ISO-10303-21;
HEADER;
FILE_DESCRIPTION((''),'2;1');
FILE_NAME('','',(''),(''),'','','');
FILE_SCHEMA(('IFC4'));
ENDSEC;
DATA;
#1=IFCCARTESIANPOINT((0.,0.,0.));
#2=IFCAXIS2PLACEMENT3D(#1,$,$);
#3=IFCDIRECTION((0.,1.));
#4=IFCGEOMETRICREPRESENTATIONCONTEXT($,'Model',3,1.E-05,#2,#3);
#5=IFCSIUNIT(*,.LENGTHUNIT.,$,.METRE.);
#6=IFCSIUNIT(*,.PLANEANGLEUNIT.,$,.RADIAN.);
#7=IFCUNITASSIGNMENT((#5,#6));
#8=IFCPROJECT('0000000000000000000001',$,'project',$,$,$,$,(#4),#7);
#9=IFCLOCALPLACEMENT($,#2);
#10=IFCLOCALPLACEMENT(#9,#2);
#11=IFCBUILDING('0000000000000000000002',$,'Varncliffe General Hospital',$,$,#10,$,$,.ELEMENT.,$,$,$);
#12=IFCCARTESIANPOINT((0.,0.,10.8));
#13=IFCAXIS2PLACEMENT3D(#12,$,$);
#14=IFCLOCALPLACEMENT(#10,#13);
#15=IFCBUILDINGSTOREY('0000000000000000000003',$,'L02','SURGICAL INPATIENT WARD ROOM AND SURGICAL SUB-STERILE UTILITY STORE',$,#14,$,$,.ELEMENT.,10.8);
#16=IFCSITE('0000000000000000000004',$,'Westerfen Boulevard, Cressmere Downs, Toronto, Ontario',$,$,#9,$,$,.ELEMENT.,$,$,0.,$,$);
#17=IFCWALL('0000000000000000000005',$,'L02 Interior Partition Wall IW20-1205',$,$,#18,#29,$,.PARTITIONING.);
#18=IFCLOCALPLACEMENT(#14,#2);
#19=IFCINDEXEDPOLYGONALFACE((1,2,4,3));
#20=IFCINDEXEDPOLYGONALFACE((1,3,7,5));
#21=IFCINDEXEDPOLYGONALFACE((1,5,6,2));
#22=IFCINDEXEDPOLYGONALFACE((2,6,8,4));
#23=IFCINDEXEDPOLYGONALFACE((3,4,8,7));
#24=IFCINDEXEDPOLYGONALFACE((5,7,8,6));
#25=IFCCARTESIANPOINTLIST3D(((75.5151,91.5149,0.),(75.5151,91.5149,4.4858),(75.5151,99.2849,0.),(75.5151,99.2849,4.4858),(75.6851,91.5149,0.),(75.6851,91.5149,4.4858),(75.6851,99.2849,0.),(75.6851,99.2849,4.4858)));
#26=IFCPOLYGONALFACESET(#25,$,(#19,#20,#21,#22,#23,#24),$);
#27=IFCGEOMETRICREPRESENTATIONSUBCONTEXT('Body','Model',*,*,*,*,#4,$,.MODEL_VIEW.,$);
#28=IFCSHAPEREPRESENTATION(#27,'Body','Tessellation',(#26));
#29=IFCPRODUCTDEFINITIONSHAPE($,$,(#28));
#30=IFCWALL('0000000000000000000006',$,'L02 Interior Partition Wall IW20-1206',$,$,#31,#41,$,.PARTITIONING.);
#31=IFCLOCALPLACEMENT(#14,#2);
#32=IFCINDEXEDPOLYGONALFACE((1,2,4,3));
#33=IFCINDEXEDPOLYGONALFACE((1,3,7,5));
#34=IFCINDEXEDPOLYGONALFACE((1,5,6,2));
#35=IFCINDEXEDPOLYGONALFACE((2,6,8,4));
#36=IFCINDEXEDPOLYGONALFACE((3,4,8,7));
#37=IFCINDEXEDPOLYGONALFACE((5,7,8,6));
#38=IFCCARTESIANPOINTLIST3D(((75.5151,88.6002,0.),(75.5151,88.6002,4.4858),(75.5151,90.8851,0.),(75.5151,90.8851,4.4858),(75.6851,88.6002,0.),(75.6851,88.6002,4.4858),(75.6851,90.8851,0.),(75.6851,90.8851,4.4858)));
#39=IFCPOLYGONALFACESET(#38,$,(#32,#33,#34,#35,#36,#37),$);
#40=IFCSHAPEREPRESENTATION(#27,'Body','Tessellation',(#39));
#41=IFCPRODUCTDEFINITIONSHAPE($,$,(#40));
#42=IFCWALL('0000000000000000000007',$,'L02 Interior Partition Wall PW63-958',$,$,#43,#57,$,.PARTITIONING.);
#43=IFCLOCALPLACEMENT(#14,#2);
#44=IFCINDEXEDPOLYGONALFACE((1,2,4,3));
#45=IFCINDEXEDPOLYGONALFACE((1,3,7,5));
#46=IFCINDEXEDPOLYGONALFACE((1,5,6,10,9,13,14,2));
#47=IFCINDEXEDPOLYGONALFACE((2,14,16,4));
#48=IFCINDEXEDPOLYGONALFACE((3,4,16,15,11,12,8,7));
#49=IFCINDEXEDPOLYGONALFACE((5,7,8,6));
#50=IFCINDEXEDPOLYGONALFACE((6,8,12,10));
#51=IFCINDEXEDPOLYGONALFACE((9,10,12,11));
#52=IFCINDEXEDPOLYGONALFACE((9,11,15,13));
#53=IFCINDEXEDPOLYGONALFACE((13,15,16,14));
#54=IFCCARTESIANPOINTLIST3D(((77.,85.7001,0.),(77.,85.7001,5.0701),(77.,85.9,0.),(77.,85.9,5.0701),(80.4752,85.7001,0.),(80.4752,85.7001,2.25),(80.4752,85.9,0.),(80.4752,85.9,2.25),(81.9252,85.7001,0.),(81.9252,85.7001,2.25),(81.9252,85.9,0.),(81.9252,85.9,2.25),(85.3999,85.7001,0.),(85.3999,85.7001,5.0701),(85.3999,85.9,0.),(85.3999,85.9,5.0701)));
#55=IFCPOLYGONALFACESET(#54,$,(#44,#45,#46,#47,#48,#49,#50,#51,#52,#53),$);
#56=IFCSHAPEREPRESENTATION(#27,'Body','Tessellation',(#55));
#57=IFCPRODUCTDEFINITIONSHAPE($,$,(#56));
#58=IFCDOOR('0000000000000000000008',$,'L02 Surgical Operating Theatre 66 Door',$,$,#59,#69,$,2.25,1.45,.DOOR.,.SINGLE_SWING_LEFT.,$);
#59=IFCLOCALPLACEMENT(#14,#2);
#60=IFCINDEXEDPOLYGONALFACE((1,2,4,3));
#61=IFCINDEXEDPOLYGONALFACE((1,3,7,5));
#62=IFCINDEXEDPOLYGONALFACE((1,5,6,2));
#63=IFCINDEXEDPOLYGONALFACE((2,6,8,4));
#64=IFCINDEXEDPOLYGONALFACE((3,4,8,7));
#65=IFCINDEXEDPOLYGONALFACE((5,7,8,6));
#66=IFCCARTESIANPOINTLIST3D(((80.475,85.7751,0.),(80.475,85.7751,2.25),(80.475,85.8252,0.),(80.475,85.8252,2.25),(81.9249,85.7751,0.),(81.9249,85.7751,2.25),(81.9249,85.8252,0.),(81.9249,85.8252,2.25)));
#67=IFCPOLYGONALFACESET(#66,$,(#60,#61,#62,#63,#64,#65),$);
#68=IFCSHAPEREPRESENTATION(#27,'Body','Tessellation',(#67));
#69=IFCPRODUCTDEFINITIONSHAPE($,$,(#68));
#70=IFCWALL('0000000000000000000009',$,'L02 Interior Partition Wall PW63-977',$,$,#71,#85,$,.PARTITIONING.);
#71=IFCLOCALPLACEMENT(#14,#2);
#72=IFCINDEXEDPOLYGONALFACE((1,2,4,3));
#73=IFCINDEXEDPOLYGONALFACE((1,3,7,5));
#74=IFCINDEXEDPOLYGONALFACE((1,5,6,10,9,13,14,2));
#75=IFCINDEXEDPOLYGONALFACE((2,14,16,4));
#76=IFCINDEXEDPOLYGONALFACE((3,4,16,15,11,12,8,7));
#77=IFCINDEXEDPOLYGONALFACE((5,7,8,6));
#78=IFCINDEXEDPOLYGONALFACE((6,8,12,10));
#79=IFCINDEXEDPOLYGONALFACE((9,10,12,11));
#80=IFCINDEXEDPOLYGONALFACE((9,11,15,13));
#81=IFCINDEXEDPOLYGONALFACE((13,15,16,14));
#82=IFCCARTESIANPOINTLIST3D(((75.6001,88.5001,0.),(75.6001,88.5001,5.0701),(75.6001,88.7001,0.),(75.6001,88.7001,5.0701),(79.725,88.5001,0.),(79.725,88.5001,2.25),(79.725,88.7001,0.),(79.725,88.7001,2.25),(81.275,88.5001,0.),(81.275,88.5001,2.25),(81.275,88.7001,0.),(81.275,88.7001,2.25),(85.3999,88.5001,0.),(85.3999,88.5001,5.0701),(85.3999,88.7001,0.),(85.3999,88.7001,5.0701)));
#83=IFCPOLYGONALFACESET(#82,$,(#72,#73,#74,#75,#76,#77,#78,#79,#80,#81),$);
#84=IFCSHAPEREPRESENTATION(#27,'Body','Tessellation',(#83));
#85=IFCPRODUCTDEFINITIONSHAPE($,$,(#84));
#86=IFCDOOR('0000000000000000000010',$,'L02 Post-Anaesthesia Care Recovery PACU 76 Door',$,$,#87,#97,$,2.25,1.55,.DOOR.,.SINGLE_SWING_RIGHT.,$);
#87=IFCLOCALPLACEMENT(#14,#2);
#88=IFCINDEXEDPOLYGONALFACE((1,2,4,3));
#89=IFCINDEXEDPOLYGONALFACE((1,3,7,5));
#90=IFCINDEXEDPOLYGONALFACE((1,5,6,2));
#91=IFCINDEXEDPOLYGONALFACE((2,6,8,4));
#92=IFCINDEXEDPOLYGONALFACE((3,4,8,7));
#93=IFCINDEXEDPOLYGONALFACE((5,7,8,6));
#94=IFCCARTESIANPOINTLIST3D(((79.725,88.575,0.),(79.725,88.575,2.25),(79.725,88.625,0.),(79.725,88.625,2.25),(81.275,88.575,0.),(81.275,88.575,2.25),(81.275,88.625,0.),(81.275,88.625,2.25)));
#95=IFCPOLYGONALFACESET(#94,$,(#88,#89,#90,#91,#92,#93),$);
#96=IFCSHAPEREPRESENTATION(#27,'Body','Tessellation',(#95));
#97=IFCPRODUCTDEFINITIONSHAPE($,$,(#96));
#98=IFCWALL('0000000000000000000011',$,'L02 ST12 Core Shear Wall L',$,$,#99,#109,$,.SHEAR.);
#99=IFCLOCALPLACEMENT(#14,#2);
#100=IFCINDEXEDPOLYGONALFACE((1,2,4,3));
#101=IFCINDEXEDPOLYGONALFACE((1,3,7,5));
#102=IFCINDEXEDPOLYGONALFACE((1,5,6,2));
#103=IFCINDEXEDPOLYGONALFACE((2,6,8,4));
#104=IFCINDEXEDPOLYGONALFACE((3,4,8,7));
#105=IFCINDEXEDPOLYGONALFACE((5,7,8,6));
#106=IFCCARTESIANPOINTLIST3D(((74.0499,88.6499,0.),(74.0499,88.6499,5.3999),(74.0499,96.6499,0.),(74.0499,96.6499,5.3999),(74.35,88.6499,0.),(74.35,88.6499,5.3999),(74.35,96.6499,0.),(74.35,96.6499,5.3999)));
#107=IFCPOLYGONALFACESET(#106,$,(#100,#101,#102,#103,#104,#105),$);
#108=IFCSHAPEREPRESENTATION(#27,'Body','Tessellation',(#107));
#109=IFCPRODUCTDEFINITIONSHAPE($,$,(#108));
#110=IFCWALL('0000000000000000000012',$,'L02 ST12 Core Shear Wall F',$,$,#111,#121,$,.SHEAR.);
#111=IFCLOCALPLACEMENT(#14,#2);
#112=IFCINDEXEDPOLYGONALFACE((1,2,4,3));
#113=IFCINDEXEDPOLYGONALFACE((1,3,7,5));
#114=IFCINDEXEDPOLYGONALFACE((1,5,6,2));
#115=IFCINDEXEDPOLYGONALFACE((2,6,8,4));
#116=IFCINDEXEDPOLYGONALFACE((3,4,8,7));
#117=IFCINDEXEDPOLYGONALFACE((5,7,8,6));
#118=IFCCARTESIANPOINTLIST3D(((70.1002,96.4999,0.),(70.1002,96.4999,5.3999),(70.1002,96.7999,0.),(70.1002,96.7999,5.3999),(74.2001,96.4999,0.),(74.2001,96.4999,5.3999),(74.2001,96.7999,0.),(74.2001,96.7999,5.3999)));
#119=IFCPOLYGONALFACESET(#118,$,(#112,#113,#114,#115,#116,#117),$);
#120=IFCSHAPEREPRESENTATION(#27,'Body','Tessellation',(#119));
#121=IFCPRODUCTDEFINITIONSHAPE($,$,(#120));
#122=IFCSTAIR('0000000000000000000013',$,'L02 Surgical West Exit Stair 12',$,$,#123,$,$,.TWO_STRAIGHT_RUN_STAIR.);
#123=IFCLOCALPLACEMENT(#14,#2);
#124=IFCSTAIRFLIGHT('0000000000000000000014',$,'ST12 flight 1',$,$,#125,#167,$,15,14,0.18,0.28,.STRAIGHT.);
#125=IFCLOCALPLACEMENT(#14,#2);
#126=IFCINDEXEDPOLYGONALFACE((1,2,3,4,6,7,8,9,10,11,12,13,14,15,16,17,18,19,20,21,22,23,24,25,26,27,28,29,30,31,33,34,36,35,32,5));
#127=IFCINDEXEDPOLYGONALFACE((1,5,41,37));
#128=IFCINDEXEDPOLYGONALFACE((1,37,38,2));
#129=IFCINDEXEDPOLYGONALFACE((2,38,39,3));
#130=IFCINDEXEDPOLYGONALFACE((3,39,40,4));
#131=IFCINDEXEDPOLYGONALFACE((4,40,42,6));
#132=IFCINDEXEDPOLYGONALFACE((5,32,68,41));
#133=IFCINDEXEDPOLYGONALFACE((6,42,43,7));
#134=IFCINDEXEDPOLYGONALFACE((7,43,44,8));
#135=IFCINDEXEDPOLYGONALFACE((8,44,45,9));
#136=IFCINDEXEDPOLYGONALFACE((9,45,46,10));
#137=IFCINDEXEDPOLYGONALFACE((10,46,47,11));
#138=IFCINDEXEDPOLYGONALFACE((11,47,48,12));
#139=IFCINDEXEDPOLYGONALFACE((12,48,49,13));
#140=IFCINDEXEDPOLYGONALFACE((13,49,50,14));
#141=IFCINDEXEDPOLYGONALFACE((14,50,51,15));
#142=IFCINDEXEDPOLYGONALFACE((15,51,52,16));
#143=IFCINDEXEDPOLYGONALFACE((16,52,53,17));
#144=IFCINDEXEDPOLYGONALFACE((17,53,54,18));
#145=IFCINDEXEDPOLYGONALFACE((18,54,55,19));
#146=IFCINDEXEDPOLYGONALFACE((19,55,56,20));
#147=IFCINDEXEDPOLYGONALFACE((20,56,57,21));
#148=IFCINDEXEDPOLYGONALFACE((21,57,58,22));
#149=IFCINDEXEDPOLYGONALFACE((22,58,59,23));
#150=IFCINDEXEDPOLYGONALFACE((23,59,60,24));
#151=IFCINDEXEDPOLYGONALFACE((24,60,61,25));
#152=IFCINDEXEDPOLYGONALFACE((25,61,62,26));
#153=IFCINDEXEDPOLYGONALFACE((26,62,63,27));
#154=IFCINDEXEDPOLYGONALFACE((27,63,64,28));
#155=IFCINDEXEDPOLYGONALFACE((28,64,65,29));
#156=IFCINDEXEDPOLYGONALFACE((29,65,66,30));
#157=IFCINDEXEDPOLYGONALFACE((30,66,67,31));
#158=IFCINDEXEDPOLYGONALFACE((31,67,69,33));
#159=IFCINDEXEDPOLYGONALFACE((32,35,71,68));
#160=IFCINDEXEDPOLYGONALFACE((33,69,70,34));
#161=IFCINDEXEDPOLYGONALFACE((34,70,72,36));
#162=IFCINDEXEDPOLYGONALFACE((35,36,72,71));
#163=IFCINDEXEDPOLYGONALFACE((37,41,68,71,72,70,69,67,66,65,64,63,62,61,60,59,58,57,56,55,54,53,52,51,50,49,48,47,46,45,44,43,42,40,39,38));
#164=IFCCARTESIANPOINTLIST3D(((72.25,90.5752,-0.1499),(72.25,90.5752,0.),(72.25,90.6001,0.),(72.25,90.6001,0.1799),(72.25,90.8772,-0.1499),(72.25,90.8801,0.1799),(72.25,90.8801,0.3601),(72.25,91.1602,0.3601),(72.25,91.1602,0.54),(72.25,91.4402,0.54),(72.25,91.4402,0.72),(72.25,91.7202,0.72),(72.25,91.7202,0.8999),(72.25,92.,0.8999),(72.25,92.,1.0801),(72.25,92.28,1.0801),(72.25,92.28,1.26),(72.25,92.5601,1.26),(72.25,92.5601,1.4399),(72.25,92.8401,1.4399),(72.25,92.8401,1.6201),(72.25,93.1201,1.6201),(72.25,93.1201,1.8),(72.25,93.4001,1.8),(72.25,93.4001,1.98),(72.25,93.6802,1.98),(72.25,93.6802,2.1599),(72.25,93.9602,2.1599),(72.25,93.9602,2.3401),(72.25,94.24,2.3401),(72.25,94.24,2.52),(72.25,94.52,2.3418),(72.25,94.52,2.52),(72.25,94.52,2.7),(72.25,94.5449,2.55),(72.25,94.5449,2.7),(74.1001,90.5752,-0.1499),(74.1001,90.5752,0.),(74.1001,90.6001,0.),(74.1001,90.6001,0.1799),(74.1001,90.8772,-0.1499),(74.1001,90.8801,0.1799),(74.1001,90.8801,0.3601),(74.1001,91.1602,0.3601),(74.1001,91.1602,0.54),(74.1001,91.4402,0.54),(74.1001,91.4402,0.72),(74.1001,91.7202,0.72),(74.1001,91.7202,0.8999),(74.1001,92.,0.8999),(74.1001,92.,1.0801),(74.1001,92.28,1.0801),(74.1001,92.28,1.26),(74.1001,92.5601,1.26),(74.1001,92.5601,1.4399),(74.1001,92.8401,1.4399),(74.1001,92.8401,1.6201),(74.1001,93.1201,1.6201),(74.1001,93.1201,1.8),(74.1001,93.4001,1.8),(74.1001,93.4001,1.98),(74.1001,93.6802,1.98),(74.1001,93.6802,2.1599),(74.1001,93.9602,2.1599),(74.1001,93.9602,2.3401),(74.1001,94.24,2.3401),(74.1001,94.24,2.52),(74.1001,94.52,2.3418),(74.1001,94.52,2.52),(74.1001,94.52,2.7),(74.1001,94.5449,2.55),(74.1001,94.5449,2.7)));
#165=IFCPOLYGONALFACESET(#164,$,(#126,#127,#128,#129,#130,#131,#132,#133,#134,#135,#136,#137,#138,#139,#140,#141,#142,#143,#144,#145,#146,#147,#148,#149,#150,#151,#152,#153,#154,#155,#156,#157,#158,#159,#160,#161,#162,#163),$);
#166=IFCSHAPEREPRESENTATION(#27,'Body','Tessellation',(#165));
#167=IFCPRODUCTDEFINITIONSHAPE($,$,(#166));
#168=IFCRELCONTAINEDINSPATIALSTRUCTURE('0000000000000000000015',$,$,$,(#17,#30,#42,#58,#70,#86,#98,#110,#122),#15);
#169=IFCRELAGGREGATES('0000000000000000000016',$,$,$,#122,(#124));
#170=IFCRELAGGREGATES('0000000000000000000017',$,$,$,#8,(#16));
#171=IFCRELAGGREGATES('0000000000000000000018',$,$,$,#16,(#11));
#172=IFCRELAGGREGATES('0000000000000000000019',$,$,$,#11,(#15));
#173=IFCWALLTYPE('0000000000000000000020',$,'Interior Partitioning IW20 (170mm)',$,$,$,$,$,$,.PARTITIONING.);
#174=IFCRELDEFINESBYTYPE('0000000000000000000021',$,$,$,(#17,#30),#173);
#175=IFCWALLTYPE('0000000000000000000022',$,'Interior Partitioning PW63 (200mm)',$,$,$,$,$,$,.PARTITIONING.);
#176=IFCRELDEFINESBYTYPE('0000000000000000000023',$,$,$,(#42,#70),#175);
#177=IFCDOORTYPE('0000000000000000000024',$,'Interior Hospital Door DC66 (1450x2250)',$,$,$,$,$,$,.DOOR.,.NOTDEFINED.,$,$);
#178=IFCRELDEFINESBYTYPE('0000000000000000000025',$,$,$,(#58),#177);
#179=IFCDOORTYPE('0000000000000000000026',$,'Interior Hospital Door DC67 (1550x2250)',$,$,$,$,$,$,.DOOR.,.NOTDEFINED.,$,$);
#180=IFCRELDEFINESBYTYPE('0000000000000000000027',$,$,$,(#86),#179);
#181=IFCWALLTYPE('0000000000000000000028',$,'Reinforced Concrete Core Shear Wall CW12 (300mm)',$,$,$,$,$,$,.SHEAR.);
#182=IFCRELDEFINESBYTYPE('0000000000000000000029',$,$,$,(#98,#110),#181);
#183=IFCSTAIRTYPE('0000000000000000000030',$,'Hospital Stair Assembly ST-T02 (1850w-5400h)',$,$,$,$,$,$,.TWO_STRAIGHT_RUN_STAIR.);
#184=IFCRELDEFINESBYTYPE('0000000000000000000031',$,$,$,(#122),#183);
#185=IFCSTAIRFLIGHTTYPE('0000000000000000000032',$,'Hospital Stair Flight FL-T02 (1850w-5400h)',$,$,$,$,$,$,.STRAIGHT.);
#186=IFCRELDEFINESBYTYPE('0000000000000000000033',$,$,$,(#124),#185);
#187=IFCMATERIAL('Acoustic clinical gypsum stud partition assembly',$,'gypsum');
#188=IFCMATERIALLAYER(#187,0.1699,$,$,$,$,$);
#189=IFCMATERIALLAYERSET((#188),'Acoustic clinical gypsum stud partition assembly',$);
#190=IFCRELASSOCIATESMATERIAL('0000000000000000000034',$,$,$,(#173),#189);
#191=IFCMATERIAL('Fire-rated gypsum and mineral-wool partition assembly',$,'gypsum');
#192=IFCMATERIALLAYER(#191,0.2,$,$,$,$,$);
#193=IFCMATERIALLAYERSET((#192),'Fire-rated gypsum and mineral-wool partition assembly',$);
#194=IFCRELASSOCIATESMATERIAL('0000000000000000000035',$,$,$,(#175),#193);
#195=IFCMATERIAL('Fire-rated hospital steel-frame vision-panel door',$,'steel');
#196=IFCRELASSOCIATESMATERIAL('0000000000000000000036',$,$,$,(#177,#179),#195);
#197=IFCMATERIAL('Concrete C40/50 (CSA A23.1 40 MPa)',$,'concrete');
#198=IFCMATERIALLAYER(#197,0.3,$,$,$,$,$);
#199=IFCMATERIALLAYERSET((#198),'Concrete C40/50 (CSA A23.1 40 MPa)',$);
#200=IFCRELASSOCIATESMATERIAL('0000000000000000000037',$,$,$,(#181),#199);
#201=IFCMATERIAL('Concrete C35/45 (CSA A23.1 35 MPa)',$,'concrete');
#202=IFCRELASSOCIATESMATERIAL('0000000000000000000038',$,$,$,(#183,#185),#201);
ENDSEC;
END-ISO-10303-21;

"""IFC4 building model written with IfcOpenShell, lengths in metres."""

from ifc_helpers import new_model, si_unit, direction, frame, frame_2d, origin, place, context, subcontext, project, spatial, polyline, rectangle, outline, extrude, material, layer, layer_set, type_object, element, fill, aggregate, save


model = new_model("IFC4")

# Units and contexts
model_context = context("Model", 3, precision=1e-05, world=origin(), true_north=direction((0.0, 1.0)))
body_context = subcontext(model_context, "Body", "Model", "MODEL_VIEW")
ifc_project = project(units=[si_unit("LENGTHUNIT", "METRE"), si_unit("PLANEANGLEUNIT", "RADIAN")], contexts=[model_context])

# Site, building, storey
site_placement = place(None, origin())
site = spatial("IfcSite", under=ifc_project, at=site_placement, Name="Westerfen Boulevard, Cressmere Downs, Toronto, Ontario", CompositionType="ELEMENT", RefElevation=0.0)
building_placement = place(site_placement, origin())
building = spatial("IfcBuilding", under=site, at=building_placement, Name="Varncliffe General Hospital", CompositionType="ELEMENT")
storey_placement = place(building_placement, frame((0.0, 0.0, 10.8)))
storey = spatial("IfcBuildingStorey", under=building, at=storey_placement, Name="L02", Description="SURGICAL INPATIENT WARD ROOM AND SURGICAL SUB-STERILE UTILITY STORE", CompositionType="ELEMENT", Elevation=10.8)

# Shared definitions
ifc_material_1 = material(Name="Concrete C40/50 (CSA A23.1 40 MPa)", Category="concrete")

# Shared definitions
ifc_material_2 = material(Name="Concrete C35/45 (CSA A23.1 35 MPa)", Category="concrete")

# Walls
ifc_material_3 = material(Name="Acoustic clinical gypsum stud partition assembly", Category="gypsum")
ifc_layer_1 = layer(ifc_material_3, 0.1699)
ifc_layer_set_1 = layer_set([ifc_layer_1], Name="Acoustic clinical gypsum stud partition assembly")
wall_type_1 = type_object("IfcWallType", Name="Interior Partitioning IW20 (170mm)", PredefinedType="PARTITIONING", material=ifc_layer_set_1)
wall_1_placement = place(storey_placement, frame((75.6001, 91.5149, 0.0), z_axis=(0.0, 0.0, 1.0), x_axis=(0.0, 1.0, 0.0)))
element("IfcWall", 1, at=wall_1_placement, inside=storey, type_object=wall_type_1, Name="L02 Interior Partition Wall IW20-1205", PredefinedType="PARTITIONING", context=body_context, shape_type="SweptSolid", body=[
    extrude(rectangle(XDim=7.77, YDim=0.1699, at=frame_2d((3.885, 0.0))), origin(), (0.0, 0.0, 1.0), 4.4858),
])
wall_2_placement = place(storey_placement, frame((75.6001, 88.6001, 0.0), z_axis=(0.0, 0.0, 1.0), x_axis=(0.0, 1.0, 0.0)))
element("IfcWall", 2, at=wall_2_placement, inside=storey, type_object=wall_type_1, Name="L02 Interior Partition Wall IW20-1206", PredefinedType="PARTITIONING", context=body_context, shape_type="SweptSolid", body=[
    extrude(rectangle(XDim=2.2849, YDim=0.1699, at=frame_2d((1.1426, 0.0))), origin(), (0.0, 0.0, 1.0), 4.4858),
])

# Walls, openings, doors
ifc_material_4 = material(Name="Fire-rated gypsum and mineral-wool partition assembly", Category="gypsum")
ifc_layer_2 = layer(ifc_material_4, 0.2)
ifc_layer_set_2 = layer_set([ifc_layer_2], Name="Fire-rated gypsum and mineral-wool partition assembly")
wall_type_2 = type_object("IfcWallType", Name="Interior Partitioning PW63 (200mm)", PredefinedType="PARTITIONING", material=ifc_layer_set_2)
wall_3_placement = place(storey_placement, frame((77.0, 85.8, 0.0), z_axis=(0.0, 0.0, 1.0), x_axis=(1.0, 0.0, 0.0)))
wall_3 = element("IfcWall", 3, at=wall_3_placement, inside=storey, type_object=wall_type_2, Name="L02 Interior Partition Wall PW63-958", PredefinedType="PARTITIONING", context=body_context, shape_type="SweptSolid", body=[
    extrude(rectangle(XDim=8.3999, YDim=0.2, at=frame_2d((4.2, 0.0))), origin(), (0.0, 0.0, 1.0), 5.0701),
])
opening_1_placement = place(wall_3_placement, frame((3.4751, 0.0, 0.0)))
opening_1 = element("IfcOpeningElement", 4, at=opening_1_placement, cuts=wall_3, PredefinedType="OPENING", context=body_context, shape_type="SweptSolid", body=[
    extrude(rectangle(XDim=1.45, YDim=2.25, at=frame_2d((0.7251, 1.125))), frame((0.0, 0.1099, 0.0), z_axis=(0.0, -1.0, 0.0), x_axis=(1.0, 0.0, 0.0)), (0.0, 0.0, 1.0), 0.22),
])
ifc_material_5 = material(Name="Fire-rated hospital steel-frame vision-panel door", Category="steel")
door_type_1 = type_object("IfcDoorType", Name="Interior Hospital Door DC66 (1450x2250)", OperationType="NOTDEFINED", PredefinedType="DOOR", material=ifc_material_5)
door_1_placement = place(opening_1_placement, frame((1.45, 0.0, 0.0), z_axis=(0.0, 0.0, 1.0), x_axis=(-1.0, 0.0, 0.0)))
door_1 = element("IfcDoor", 5, at=door_1_placement, inside=storey, type_object=door_type_1, Name="L02 Surgical Operating Theatre 66 Door", OperationType="SINGLE_SWING_LEFT", OverallHeight=2.25, OverallWidth=1.45, PredefinedType="DOOR", context=body_context, shape_type="SweptSolid", body=[
    extrude(rectangle(XDim=1.45, YDim=2.25, at=frame_2d((0.7251, 1.125))), frame((0.0, 0.0249, 0.0), z_axis=(0.0, -1.0, 0.0), x_axis=(1.0, 0.0, 0.0)), (0.0, 0.0, 1.0), 0.05),
])
fill(opening_1, door_1)
wall_4_placement = place(storey_placement, frame((75.6001, 88.6001, 0.0), z_axis=(0.0, 0.0, 1.0), x_axis=(1.0, 0.0, 0.0)))
wall_4 = element("IfcWall", 6, at=wall_4_placement, inside=storey, type_object=wall_type_2, Name="L02 Interior Partition Wall PW63-977", PredefinedType="PARTITIONING", context=body_context, shape_type="SweptSolid", body=[
    extrude(rectangle(XDim=9.7998, YDim=0.2, at=frame_2d((4.8999, 0.0))), origin(), (0.0, 0.0, 1.0), 5.0701),
])
opening_2_placement = place(wall_4_placement, frame((4.125, 0.0, 0.0)))
opening_2 = element("IfcOpeningElement", 7, at=opening_2_placement, cuts=wall_4, PredefinedType="OPENING", context=body_context, shape_type="SweptSolid", body=[
    extrude(rectangle(XDim=1.55, YDim=2.25, at=frame_2d((0.7749, 1.125))), frame((0.0, 0.1099, 0.0), z_axis=(0.0, -1.0, 0.0), x_axis=(1.0, 0.0, 0.0)), (0.0, 0.0, 1.0), 0.22),
])
door_type_2 = type_object("IfcDoorType", Name="Interior Hospital Door DC67 (1550x2250)", OperationType="NOTDEFINED", PredefinedType="DOOR", material=ifc_material_5)
door_2_placement = place(opening_2_placement, origin())
door_2 = element("IfcDoor", 8, at=door_2_placement, inside=storey, type_object=door_type_2, Name="L02 Post-Anaesthesia Care Recovery PACU 76 Door", OperationType="SINGLE_SWING_RIGHT", OverallHeight=2.25, OverallWidth=1.55, PredefinedType="DOOR", context=body_context, shape_type="SweptSolid", body=[
    extrude(rectangle(XDim=1.55, YDim=2.25, at=frame_2d((0.7749, 1.125))), frame((0.0, 0.0249, 0.0), z_axis=(0.0, -1.0, 0.0), x_axis=(1.0, 0.0, 0.0)), (0.0, 0.0, 1.0), 0.05),
])
fill(opening_2, door_2)

# Walls
ifc_layer_3 = layer(ifc_material_1, 0.3)
ifc_layer_set_3 = layer_set([ifc_layer_3], Name="Concrete C40/50 (CSA A23.1 40 MPa)")
wall_type_3 = type_object("IfcWallType", Name="Reinforced Concrete Core Shear Wall CW12 (300mm)", PredefinedType="SHEAR", material=ifc_layer_set_3)
wall_5_placement = place(storey_placement, frame((74.2, 88.6499, 0.0), z_axis=(0.0, 0.0, 1.0), x_axis=(0.0, 1.0, 0.0)))
element("IfcWall", 9, at=wall_5_placement, inside=storey, type_object=wall_type_3, Name="L02 ST12 Core Shear Wall L", PredefinedType="SHEAR", context=body_context, shape_type="SweptSolid", body=[
    extrude(rectangle(XDim=8.0, YDim=0.3, at=frame_2d((4.0, 0.0))), origin(), (0.0, 0.0, 1.0), 5.3999),
])
wall_6_placement = place(storey_placement, frame((74.2, 96.6499, 0.0), z_axis=(0.0, 0.0, 1.0), x_axis=(-1.0, 0.0, 0.0)))
element("IfcWall", 10, at=wall_6_placement, inside=storey, type_object=wall_type_3, Name="L02 ST12 Core Shear Wall F", PredefinedType="SHEAR", context=body_context, shape_type="SweptSolid", body=[
    extrude(rectangle(XDim=4.0999, YDim=0.3, at=frame_2d((2.0498, 0.0))), origin(), (0.0, 0.0, 1.0), 5.3999),
])

# Stair, stair flight
stair_type = type_object("IfcStairType", Name="Hospital Stair Assembly ST-T02 (1850w-5400h)", PredefinedType="TWO_STRAIGHT_RUN_STAIR", material=ifc_material_2)
stair_placement = place(storey_placement, origin())
stair = element("IfcStair", 11, at=stair_placement, inside=storey, type_object=stair_type, Name="L02 Surgical West Exit Stair 12", PredefinedType="TWO_STRAIGHT_RUN_STAIR")
stair_flight_type = type_object("IfcStairFlightType", Name="Hospital Stair Flight FL-T02 (1850w-5400h)", PredefinedType="STRAIGHT", material=ifc_material_2)
stair_flight_placement = place(storey_placement, frame((73.175, 90.6001, 0.0), z_axis=(0.0, 0.0, 1.0), x_axis=(0.0, 1.0, 0.0)))
stair_flight = element("IfcStairFlight", 12, at=stair_flight_placement, type_object=stair_flight_type, Name="ST12 flight 1", NumberOfRisers=15, NumberOfTreads=14, PredefinedType="STRAIGHT", RiserHeight=0.18, TreadLength=0.28, context=body_context, shape_type="SweptSolid", body=[
    extrude(outline(polyline([(-0.0249, -0.1499), (-0.0249, 0.0), (0.0, 0.0), (0.0, 0.1799), (0.28, 0.1799), (0.28, 0.3601), (0.5601, 0.3601), (0.5601, 0.54), (0.8401, 0.54), (0.8401, 0.72), (1.1201, 0.72), (1.1201, 0.8999), (1.3999, 0.8999), (1.3999, 1.0801), (1.6799, 1.0801), (1.6799, 1.26), (1.96, 1.26), (1.96, 1.4399), (2.24, 1.4399), (2.24, 1.6201), (2.52, 1.6201), (2.52, 1.8), (2.8, 1.8), (2.8, 1.98), (3.0801, 1.98), (3.0801, 2.1599), (3.3601, 2.1599), (3.3601, 2.3401), (3.6399, 2.3401), (3.6399, 2.52), (3.9199, 2.52), (3.9199, 2.7), (3.9448, 2.7), (3.9448, 2.55), (3.9199, 2.3418), (0.2771, -0.1499), (-0.0249, -0.1499)])), frame((0.0, 0.925, 0.0), z_axis=(0.0, -1.0, 0.0), x_axis=(1.0, 0.0, 0.0)), (0.0, 0.0, 1.0), 1.8501),
])
aggregate(stair, [stair_flight])

save(model, "model.ifc")
